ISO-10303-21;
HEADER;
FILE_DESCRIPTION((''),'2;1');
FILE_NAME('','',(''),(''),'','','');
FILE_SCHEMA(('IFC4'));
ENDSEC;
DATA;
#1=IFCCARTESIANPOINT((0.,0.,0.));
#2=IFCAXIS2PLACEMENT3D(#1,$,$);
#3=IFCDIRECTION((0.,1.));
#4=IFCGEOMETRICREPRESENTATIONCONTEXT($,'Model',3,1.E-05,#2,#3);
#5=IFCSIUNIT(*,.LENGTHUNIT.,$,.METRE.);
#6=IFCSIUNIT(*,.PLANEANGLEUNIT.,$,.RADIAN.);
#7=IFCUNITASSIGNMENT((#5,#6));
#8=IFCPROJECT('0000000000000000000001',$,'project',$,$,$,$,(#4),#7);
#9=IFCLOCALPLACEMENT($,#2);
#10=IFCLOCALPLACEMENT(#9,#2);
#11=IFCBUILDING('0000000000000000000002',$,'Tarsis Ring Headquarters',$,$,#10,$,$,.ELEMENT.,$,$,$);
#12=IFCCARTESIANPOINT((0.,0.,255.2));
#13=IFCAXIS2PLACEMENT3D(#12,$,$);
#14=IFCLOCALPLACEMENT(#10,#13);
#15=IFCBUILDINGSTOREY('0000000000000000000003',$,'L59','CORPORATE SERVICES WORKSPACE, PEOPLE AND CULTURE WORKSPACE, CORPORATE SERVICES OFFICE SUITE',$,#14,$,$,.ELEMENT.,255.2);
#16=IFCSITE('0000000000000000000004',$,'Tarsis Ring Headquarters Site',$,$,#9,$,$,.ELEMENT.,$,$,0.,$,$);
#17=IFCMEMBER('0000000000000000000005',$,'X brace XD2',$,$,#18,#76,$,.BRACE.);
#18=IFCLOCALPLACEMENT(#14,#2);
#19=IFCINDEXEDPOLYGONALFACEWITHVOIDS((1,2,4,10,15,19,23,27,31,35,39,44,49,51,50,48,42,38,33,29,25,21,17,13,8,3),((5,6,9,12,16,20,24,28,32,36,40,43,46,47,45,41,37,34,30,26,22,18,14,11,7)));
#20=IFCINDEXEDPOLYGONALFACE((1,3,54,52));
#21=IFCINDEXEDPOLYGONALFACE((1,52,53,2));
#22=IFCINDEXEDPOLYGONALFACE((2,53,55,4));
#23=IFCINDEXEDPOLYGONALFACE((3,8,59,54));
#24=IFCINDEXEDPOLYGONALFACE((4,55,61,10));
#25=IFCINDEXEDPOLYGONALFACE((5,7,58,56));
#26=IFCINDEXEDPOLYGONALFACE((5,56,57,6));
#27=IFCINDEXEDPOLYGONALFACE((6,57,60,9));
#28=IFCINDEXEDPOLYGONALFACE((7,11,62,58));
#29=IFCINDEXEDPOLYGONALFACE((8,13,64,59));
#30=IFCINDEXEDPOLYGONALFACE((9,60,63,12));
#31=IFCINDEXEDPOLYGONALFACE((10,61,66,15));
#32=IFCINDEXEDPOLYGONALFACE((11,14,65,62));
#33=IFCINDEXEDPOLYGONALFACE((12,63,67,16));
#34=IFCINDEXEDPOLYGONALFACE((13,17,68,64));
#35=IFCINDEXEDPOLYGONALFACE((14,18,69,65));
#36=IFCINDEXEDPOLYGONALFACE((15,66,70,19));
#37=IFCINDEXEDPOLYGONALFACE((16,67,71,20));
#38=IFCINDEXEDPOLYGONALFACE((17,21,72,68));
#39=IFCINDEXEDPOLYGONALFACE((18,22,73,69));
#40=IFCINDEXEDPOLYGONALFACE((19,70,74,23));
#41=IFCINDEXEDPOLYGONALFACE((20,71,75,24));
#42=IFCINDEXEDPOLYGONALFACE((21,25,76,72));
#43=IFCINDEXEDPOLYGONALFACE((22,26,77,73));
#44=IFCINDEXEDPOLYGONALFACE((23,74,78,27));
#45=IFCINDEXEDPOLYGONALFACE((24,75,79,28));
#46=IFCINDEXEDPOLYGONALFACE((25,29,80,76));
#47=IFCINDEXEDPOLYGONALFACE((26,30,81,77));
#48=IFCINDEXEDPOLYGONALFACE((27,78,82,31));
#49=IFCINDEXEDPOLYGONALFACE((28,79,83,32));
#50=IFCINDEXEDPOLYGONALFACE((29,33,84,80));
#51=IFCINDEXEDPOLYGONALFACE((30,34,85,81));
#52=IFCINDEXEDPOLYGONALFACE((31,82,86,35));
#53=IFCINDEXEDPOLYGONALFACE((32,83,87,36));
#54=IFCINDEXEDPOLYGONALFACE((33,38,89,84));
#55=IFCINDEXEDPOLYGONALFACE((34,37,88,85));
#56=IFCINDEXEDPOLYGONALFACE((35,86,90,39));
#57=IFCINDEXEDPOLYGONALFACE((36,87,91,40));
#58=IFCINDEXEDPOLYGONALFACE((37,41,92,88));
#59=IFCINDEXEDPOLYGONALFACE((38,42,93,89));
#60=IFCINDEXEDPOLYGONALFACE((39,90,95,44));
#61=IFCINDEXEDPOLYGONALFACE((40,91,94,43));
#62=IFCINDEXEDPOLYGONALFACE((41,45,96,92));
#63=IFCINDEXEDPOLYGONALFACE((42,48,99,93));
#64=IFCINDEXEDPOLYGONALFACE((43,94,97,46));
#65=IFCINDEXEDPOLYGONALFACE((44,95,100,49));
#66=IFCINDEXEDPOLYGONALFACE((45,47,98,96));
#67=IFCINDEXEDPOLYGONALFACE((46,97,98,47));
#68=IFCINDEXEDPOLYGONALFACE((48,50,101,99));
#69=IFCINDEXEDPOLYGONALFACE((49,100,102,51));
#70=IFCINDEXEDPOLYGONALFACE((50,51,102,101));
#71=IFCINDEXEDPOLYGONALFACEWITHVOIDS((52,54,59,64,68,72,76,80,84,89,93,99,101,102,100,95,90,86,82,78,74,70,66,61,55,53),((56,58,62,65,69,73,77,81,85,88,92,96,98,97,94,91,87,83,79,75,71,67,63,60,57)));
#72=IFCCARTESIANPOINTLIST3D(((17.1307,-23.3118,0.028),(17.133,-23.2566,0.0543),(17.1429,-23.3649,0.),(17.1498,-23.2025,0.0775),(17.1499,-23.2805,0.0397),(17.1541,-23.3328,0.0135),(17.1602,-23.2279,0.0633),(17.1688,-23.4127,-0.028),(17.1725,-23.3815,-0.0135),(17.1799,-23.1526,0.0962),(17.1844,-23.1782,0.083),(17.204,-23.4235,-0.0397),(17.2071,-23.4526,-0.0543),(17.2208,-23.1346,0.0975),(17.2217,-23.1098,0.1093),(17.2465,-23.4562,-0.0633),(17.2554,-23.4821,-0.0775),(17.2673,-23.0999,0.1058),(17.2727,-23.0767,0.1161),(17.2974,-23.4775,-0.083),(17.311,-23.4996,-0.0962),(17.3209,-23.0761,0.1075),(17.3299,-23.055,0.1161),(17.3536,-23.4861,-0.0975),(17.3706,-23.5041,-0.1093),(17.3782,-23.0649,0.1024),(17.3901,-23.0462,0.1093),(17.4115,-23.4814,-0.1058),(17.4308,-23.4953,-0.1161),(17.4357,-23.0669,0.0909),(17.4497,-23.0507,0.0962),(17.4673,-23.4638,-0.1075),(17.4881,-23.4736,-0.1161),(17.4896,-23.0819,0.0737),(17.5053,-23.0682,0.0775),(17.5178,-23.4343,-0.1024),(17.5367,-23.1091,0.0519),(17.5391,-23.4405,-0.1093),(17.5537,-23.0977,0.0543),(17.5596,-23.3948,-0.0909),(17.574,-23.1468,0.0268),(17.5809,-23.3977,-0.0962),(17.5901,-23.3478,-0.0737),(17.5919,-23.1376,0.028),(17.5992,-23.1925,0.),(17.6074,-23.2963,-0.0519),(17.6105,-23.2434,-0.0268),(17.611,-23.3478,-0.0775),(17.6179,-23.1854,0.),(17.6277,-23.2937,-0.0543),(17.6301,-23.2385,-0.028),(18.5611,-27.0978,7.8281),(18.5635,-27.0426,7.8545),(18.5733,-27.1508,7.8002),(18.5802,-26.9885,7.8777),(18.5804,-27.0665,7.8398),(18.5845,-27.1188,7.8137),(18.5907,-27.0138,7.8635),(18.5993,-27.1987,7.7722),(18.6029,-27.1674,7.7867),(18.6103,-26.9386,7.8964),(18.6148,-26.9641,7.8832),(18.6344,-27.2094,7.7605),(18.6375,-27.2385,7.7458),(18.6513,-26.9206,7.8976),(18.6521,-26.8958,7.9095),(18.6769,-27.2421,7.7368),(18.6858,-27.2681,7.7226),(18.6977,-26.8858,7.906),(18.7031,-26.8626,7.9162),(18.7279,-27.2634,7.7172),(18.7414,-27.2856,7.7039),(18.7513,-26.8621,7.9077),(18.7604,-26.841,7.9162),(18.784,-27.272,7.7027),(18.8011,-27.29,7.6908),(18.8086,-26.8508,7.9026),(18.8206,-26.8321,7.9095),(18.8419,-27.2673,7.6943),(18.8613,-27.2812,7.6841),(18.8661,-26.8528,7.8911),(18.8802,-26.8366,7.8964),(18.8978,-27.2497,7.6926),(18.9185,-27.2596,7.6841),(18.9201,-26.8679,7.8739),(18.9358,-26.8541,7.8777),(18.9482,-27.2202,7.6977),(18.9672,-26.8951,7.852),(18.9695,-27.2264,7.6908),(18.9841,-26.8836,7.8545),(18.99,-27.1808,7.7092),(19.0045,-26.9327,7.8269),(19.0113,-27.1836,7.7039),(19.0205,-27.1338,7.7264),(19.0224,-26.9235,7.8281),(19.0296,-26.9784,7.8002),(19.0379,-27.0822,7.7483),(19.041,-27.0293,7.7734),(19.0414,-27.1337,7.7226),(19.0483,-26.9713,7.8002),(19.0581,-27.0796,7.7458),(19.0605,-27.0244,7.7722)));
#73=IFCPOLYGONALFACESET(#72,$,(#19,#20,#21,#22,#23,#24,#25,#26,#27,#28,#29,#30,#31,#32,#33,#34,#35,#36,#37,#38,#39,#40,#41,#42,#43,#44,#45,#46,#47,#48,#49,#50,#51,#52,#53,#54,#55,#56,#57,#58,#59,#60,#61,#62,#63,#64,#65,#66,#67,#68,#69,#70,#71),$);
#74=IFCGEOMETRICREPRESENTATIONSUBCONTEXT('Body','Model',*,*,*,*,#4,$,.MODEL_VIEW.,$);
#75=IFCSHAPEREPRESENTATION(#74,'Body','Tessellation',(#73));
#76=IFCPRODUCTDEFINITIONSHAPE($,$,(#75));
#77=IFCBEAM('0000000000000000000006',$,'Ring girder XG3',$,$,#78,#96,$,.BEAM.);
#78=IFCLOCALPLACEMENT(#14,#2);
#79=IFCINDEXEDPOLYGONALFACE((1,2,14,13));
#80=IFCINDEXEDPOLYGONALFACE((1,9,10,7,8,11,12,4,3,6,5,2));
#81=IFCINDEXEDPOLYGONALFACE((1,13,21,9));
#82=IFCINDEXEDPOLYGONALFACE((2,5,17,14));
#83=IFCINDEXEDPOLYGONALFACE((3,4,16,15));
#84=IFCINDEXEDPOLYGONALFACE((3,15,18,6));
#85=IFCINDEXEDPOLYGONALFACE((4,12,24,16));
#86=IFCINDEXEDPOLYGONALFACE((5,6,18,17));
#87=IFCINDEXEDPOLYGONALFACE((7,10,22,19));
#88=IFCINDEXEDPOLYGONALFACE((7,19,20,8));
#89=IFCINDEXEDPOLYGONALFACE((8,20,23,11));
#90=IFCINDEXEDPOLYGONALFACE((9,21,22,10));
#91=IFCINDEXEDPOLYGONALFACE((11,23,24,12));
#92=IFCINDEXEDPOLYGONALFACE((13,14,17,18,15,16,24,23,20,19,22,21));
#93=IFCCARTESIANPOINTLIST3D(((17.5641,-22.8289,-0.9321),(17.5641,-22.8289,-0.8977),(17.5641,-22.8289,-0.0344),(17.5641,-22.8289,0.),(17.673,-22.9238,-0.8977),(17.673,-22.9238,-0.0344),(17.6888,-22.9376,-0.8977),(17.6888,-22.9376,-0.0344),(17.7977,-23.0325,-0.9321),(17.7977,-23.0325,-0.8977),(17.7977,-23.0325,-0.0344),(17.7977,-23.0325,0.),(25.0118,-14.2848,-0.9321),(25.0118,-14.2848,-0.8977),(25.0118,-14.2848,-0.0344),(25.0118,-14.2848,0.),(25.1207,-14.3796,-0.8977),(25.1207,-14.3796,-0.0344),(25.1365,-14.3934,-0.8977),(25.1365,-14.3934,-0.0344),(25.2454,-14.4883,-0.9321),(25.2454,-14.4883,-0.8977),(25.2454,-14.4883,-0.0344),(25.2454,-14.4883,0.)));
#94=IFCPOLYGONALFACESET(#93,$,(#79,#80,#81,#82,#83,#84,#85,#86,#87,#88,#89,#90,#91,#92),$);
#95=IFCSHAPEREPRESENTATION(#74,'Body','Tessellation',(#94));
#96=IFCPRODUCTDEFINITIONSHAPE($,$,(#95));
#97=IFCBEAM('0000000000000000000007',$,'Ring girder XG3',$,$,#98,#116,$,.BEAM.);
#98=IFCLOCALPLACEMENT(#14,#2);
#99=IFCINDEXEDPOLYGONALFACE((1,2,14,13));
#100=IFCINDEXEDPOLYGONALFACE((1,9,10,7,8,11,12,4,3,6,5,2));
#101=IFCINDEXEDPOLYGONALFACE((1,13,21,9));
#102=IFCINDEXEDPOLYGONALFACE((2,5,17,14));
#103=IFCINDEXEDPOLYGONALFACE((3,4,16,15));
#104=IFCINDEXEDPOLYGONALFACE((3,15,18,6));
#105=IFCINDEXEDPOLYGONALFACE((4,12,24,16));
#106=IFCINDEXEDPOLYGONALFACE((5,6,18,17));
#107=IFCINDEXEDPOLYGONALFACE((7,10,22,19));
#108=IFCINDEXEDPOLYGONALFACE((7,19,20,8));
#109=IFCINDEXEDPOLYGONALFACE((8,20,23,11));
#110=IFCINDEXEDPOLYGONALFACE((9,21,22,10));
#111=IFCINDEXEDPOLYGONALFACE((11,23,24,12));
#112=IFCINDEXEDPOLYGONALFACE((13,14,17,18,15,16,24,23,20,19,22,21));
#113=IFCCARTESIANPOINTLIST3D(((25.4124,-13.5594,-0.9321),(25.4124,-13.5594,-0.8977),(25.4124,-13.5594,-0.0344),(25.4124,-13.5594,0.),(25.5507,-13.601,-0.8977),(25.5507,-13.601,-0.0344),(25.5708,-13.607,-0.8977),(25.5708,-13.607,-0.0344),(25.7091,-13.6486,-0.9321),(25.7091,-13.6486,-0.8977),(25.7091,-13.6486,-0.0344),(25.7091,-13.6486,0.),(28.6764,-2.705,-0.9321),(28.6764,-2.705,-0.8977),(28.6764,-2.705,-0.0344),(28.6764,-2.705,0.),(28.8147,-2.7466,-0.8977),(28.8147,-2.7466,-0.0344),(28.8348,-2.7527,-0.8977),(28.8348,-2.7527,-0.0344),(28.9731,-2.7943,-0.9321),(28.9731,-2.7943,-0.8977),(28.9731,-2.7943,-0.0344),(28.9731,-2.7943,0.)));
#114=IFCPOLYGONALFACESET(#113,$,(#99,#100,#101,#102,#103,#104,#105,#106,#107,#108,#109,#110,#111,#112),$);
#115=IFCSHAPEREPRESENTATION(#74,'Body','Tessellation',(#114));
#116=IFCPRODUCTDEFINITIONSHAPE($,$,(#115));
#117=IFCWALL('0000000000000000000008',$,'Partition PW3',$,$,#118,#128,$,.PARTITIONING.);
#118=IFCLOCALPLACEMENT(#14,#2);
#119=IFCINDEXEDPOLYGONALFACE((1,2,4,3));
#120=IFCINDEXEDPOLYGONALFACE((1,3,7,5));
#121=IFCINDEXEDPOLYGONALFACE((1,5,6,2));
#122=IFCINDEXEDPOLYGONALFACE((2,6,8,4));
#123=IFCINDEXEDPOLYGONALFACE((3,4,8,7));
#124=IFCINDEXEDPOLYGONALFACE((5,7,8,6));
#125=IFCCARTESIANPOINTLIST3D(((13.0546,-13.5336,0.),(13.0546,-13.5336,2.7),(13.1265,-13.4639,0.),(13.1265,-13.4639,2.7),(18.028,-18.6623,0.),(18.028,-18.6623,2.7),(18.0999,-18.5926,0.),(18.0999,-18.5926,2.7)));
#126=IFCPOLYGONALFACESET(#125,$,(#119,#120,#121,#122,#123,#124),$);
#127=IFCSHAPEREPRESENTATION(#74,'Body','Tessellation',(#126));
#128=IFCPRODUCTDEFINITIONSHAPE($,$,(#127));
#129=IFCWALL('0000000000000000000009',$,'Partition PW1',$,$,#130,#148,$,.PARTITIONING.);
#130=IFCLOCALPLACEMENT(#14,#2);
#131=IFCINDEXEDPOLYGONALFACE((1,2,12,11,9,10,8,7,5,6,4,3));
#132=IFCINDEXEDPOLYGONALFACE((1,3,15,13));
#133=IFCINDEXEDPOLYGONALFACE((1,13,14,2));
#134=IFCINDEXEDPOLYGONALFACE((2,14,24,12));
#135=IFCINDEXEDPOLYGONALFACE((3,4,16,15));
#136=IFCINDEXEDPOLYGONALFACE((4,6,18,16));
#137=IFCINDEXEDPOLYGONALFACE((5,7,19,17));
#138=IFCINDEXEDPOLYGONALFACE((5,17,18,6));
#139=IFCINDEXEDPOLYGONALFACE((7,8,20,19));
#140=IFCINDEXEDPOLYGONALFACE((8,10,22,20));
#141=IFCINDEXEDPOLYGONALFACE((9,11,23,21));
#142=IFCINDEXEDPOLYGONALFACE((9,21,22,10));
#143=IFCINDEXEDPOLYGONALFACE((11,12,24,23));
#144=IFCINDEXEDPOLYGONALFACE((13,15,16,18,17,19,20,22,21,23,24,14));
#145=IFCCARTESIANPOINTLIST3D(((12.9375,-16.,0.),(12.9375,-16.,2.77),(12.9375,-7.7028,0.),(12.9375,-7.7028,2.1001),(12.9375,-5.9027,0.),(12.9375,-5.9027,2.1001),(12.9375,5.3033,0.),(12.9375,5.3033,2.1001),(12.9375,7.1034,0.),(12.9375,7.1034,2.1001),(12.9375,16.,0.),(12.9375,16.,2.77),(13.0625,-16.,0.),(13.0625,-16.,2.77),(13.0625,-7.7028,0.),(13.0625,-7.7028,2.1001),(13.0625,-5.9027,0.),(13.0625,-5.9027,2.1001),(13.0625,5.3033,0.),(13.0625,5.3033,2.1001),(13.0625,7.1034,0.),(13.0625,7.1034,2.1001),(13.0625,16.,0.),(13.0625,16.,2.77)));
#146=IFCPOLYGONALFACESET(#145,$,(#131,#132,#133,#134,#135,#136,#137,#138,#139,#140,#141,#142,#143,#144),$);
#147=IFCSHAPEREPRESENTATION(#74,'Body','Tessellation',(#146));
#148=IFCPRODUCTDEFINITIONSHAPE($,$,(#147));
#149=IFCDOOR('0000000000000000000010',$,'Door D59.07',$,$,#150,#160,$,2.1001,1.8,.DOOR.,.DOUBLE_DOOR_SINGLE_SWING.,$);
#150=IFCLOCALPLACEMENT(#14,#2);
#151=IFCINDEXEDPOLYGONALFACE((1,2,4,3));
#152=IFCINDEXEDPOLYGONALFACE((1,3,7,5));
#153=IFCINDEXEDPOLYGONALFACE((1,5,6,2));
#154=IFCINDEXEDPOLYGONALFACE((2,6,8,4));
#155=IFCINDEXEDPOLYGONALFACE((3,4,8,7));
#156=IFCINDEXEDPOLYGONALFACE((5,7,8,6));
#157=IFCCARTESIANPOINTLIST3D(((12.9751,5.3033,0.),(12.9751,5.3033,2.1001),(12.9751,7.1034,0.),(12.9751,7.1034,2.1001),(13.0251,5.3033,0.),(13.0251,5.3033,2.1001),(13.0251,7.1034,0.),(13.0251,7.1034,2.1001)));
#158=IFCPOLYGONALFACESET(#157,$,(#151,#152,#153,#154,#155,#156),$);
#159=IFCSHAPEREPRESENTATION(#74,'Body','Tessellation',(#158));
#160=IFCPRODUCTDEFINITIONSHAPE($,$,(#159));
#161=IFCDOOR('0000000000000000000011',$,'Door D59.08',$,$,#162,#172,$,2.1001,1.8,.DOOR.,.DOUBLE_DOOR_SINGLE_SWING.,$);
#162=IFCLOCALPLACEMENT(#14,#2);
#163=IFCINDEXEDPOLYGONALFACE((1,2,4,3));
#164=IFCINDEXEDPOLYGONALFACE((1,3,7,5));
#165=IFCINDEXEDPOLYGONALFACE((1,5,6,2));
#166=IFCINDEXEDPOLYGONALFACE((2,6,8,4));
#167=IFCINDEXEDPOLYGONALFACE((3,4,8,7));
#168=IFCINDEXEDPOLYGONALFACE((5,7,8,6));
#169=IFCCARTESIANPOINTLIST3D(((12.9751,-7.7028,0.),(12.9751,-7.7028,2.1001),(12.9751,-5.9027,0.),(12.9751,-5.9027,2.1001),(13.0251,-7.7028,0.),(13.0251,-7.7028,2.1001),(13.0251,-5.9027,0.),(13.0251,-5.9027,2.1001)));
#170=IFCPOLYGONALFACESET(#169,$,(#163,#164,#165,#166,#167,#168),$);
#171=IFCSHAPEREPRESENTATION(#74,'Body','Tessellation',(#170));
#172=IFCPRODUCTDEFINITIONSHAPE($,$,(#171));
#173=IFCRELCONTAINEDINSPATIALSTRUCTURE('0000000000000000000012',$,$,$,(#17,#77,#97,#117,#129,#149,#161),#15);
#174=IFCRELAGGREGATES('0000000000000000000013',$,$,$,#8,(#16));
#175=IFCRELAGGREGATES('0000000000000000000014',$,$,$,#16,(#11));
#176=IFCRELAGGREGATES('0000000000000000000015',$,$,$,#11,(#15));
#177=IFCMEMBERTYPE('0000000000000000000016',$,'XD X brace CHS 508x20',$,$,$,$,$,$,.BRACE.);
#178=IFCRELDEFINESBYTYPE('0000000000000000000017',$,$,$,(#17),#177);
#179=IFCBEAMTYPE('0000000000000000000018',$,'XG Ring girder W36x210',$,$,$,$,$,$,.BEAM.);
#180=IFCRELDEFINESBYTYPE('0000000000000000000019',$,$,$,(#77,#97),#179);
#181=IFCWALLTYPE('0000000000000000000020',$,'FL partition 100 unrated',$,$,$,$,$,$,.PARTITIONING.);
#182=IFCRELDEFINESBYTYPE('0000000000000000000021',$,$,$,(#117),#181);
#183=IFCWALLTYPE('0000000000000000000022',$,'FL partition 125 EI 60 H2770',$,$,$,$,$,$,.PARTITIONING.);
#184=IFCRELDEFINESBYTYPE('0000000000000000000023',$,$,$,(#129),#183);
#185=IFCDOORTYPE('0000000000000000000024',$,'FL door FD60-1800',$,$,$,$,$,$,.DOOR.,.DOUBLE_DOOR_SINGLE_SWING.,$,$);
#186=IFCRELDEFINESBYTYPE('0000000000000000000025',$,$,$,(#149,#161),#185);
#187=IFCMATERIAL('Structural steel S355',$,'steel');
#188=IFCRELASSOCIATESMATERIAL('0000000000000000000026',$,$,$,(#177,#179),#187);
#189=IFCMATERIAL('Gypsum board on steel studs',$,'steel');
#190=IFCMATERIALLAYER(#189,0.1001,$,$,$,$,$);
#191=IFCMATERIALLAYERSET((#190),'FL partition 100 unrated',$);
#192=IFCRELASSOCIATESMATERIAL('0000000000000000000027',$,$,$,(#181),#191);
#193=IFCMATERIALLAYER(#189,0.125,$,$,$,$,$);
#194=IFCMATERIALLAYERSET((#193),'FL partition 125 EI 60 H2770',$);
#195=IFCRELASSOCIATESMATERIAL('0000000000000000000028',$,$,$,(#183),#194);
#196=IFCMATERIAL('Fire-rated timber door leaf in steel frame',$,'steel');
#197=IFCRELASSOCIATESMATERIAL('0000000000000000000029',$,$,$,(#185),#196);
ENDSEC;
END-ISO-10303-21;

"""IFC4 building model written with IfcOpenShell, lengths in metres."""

from ifc_helpers import new_model, si_unit, direction, frame, frame_2d, origin, origin_2d, place, context, subcontext, project, spatial, rectangle, hollow_circle, i_section, extrude, material, layer, layer_set, material_profile, profile_set, type_object, element, fill, save


model = new_model("IFC4")

# Units and contexts
model_context = context("Model", 3, precision=1e-05, world=origin(), true_north=direction((0.0, 1.0)))
body_context = subcontext(model_context, "Body", "Model", "MODEL_VIEW")
ifc_project = project(units=[si_unit("LENGTHUNIT", "METRE"), si_unit("PLANEANGLEUNIT", "RADIAN")], contexts=[model_context])

# Site, building, storey
site_placement = place(None, origin())
site = spatial("IfcSite", under=ifc_project, at=site_placement, Name="Tarsis Ring Headquarters Site", CompositionType="ELEMENT", RefElevation=0.0)
building_placement = place(site_placement, origin())
building = spatial("IfcBuilding", under=site, at=building_placement, Name="Tarsis Ring Headquarters", CompositionType="ELEMENT")
storey_placement = place(building_placement, frame((0.0, 0.0, 255.2)))
storey = spatial("IfcBuildingStorey", under=building, at=storey_placement, Name="L59", Description="CORPORATE SERVICES WORKSPACE, PEOPLE AND CULTURE WORKSPACE, CORPORATE SERVICES OFFICE SUITE", CompositionType="ELEMENT", Elevation=255.2)

# Shared definitions
ifc_material_1 = material(Name="Structural steel S355", Category="steel")

# Member
ifc_material_profile_1 = material_profile(ifc_material_1, hollow_circle(Radius=0.2539, WallThickness=0.02, at=origin_2d()), Name="CHS 508x20")
ifc_profile_set_1 = profile_set([ifc_material_profile_1], Name="Structural steel S355")
member_type = type_object("IfcMemberType", Name="XD X brace CHS 508x20", PredefinedType="BRACE", material=ifc_profile_set_1)
member_placement = place(storey_placement, frame((17.3804, -23.2751, 0.0), z_axis=(0.162779, -0.430828, 0.887632), x_axis=(0.935456, 0.353443, 0.0)))
element("IfcMember", 1, at=member_placement, inside=storey, type_object=member_type, Name="X brace XD2", PredefinedType="BRACE", context=body_context, shape_type="SweptSolid", body=[
    extrude(hollow_circle(Radius=0.2539, WallThickness=0.02, at=origin_2d()), origin(), (0.0, 0.0, 1.0), 8.7876),
])

# Beams
ifc_material_profile_2 = material_profile(ifc_material_1, i_section(OverallWidth=0.3098, OverallDepth=0.9321, WebThickness=0.021, FlangeThickness=0.0344, at=origin_2d()), Name="W36x210")
ifc_profile_set_2 = profile_set([ifc_material_profile_2], Name="Structural steel S355")
beam_type_1 = type_object("IfcBeamType", Name="XG Ring girder W36x210", PredefinedType="BEAM", material=ifc_profile_set_2)
for number, where, z_axis, x_axis, name in (
    (2, (17.6809, -22.9307, -0.4661), (0.657084, 0.753818, 0.0), (-0.753818, 0.657084, 0.0), "Ring girder XG3"),
    (3, (25.5608, -13.604, -0.4661), (0.287966, 0.957641, 0.0), (-0.957641, 0.287966, 0.0), "Ring girder XG3"),
):
    element("IfcBeam", number, at=place(storey_placement, frame(where, z_axis=z_axis, x_axis=x_axis)), inside=storey, type_object=beam_type_1, Name=name, PredefinedType="BEAM", context=body_context, shape_type="SweptSolid", body=[
        extrude(i_section(OverallWidth=0.3098, OverallDepth=0.9321, WebThickness=0.021, FlangeThickness=0.0344, at=origin_2d()), origin(), (0.0, 0.0, 1.0), 11.3345),
    ])

# Wall
ifc_material_2 = material(Name="Gypsum board on steel studs", Category="steel")
ifc_layer_1 = layer(ifc_material_2, 0.1001)
ifc_layer_set_1 = layer_set([ifc_layer_1], Name="FL partition 100 unrated")
wall_type_1 = type_object("IfcWallType", Name="FL partition 100 unrated", PredefinedType="PARTITIONING", material=ifc_layer_set_1)
wall_1_placement = place(storey_placement, frame((13.0906, -13.4988, 0.0), z_axis=(0.0, 0.0, 1.0), x_axis=(0.696156, -0.717891, 0.0)))
element("IfcWall", 4, at=wall_1_placement, inside=storey, type_object=wall_type_1, Name="Partition PW3", PredefinedType="PARTITIONING", context=body_context, shape_type="SweptSolid", body=[
    extrude(rectangle(XDim=7.144, YDim=0.1001, at=frame_2d((3.572, 0.0))), origin(), (0.0, 0.0, 1.0), 2.7),
])

# Wall, openings, doors
ifc_layer_2 = layer(ifc_material_2, 0.125)
ifc_layer_set_2 = layer_set([ifc_layer_2], Name="FL partition 125 EI 60 H2770")
wall_type_2 = type_object("IfcWallType", Name="FL partition 125 EI 60 H2770", PredefinedType="PARTITIONING", material=ifc_layer_set_2)
wall_2_placement = place(storey_placement, frame((13.0, -16.0, 0.0), z_axis=(0.0, 0.0, 1.0), x_axis=(0.0, 1.0, 0.0)))
wall_2 = element("IfcWall", 5, at=wall_2_placement, inside=storey, type_object=wall_type_2, Name="Partition PW1", PredefinedType="PARTITIONING", context=body_context, shape_type="SweptSolid", body=[
    extrude(rectangle(XDim=32.0, YDim=0.125, at=frame_2d((16.0, 0.0))), origin(), (0.0, 0.0, 1.0), 2.77),
])
opening_1_placement = place(wall_2_placement, frame((21.3035, 0.0, 0.0)))
opening_1 = element("IfcOpeningElement", 6, at=opening_1_placement, cuts=wall_2, PredefinedType="OPENING", context=body_context, shape_type="SweptSolid", body=[
    extrude(rectangle(XDim=1.8, YDim=2.1001, at=frame_2d((0.8999, 1.05))), frame((0.0, 0.0725, 0.0), z_axis=(0.0, -1.0, 0.0), x_axis=(1.0, 0.0, 0.0)), (0.0, 0.0, 1.0), 0.145),
])
opening_2_placement = place(wall_2_placement, frame((8.2974, 0.0, 0.0)))
opening_2 = element("IfcOpeningElement", 7, at=opening_2_placement, cuts=wall_2, PredefinedType="OPENING", context=body_context, shape_type="SweptSolid", body=[
    extrude(rectangle(XDim=1.8, YDim=2.1001, at=frame_2d((0.8999, 1.05))), frame((0.0, 0.0725, 0.0), z_axis=(0.0, -1.0, 0.0), x_axis=(1.0, 0.0, 0.0)), (0.0, 0.0, 1.0), 0.145),
])
ifc_material_3 = material(Name="Fire-rated timber door leaf in steel frame", Category="steel")
door_type = type_object("IfcDoorType", Name="FL door FD60-1800", OperationType="DOUBLE_DOOR_SINGLE_SWING", PredefinedType="DOOR", material=ifc_material_3)
door_1_placement = place(opening_1_placement, origin())
door_1 = element("IfcDoor", 8, at=door_1_placement, inside=storey, type_object=door_type, Name="Door D59.07", OperationType="DOUBLE_DOOR_SINGLE_SWING", OverallHeight=2.1001, OverallWidth=1.8, PredefinedType="DOOR", context=body_context, shape_type="SweptSolid", body=[
    extrude(rectangle(XDim=1.8, YDim=2.1001, at=frame_2d((0.8999, 1.05))), frame((0.0, 0.0249, 0.0), z_axis=(0.0, -1.0, 0.0), x_axis=(1.0, 0.0, 0.0)), (0.0, 0.0, 1.0), 0.05),
])
fill(opening_1, door_1)
door_2_placement = place(opening_2_placement, origin())
door_2 = element("IfcDoor", 9, at=door_2_placement, inside=storey, type_object=door_type, Name="Door D59.08", OperationType="DOUBLE_DOOR_SINGLE_SWING", OverallHeight=2.1001, OverallWidth=1.8, PredefinedType="DOOR", context=body_context, shape_type="SweptSolid", body=[
    extrude(rectangle(XDim=1.8, YDim=2.1001, at=frame_2d((0.8999, 1.05))), frame((0.0, 0.0249, 0.0), z_axis=(0.0, -1.0, 0.0), x_axis=(1.0, 0.0, 0.0)), (0.0, 0.0, 1.0), 0.05),
])
fill(opening_2, door_2)

save(model, "model.ifc")
